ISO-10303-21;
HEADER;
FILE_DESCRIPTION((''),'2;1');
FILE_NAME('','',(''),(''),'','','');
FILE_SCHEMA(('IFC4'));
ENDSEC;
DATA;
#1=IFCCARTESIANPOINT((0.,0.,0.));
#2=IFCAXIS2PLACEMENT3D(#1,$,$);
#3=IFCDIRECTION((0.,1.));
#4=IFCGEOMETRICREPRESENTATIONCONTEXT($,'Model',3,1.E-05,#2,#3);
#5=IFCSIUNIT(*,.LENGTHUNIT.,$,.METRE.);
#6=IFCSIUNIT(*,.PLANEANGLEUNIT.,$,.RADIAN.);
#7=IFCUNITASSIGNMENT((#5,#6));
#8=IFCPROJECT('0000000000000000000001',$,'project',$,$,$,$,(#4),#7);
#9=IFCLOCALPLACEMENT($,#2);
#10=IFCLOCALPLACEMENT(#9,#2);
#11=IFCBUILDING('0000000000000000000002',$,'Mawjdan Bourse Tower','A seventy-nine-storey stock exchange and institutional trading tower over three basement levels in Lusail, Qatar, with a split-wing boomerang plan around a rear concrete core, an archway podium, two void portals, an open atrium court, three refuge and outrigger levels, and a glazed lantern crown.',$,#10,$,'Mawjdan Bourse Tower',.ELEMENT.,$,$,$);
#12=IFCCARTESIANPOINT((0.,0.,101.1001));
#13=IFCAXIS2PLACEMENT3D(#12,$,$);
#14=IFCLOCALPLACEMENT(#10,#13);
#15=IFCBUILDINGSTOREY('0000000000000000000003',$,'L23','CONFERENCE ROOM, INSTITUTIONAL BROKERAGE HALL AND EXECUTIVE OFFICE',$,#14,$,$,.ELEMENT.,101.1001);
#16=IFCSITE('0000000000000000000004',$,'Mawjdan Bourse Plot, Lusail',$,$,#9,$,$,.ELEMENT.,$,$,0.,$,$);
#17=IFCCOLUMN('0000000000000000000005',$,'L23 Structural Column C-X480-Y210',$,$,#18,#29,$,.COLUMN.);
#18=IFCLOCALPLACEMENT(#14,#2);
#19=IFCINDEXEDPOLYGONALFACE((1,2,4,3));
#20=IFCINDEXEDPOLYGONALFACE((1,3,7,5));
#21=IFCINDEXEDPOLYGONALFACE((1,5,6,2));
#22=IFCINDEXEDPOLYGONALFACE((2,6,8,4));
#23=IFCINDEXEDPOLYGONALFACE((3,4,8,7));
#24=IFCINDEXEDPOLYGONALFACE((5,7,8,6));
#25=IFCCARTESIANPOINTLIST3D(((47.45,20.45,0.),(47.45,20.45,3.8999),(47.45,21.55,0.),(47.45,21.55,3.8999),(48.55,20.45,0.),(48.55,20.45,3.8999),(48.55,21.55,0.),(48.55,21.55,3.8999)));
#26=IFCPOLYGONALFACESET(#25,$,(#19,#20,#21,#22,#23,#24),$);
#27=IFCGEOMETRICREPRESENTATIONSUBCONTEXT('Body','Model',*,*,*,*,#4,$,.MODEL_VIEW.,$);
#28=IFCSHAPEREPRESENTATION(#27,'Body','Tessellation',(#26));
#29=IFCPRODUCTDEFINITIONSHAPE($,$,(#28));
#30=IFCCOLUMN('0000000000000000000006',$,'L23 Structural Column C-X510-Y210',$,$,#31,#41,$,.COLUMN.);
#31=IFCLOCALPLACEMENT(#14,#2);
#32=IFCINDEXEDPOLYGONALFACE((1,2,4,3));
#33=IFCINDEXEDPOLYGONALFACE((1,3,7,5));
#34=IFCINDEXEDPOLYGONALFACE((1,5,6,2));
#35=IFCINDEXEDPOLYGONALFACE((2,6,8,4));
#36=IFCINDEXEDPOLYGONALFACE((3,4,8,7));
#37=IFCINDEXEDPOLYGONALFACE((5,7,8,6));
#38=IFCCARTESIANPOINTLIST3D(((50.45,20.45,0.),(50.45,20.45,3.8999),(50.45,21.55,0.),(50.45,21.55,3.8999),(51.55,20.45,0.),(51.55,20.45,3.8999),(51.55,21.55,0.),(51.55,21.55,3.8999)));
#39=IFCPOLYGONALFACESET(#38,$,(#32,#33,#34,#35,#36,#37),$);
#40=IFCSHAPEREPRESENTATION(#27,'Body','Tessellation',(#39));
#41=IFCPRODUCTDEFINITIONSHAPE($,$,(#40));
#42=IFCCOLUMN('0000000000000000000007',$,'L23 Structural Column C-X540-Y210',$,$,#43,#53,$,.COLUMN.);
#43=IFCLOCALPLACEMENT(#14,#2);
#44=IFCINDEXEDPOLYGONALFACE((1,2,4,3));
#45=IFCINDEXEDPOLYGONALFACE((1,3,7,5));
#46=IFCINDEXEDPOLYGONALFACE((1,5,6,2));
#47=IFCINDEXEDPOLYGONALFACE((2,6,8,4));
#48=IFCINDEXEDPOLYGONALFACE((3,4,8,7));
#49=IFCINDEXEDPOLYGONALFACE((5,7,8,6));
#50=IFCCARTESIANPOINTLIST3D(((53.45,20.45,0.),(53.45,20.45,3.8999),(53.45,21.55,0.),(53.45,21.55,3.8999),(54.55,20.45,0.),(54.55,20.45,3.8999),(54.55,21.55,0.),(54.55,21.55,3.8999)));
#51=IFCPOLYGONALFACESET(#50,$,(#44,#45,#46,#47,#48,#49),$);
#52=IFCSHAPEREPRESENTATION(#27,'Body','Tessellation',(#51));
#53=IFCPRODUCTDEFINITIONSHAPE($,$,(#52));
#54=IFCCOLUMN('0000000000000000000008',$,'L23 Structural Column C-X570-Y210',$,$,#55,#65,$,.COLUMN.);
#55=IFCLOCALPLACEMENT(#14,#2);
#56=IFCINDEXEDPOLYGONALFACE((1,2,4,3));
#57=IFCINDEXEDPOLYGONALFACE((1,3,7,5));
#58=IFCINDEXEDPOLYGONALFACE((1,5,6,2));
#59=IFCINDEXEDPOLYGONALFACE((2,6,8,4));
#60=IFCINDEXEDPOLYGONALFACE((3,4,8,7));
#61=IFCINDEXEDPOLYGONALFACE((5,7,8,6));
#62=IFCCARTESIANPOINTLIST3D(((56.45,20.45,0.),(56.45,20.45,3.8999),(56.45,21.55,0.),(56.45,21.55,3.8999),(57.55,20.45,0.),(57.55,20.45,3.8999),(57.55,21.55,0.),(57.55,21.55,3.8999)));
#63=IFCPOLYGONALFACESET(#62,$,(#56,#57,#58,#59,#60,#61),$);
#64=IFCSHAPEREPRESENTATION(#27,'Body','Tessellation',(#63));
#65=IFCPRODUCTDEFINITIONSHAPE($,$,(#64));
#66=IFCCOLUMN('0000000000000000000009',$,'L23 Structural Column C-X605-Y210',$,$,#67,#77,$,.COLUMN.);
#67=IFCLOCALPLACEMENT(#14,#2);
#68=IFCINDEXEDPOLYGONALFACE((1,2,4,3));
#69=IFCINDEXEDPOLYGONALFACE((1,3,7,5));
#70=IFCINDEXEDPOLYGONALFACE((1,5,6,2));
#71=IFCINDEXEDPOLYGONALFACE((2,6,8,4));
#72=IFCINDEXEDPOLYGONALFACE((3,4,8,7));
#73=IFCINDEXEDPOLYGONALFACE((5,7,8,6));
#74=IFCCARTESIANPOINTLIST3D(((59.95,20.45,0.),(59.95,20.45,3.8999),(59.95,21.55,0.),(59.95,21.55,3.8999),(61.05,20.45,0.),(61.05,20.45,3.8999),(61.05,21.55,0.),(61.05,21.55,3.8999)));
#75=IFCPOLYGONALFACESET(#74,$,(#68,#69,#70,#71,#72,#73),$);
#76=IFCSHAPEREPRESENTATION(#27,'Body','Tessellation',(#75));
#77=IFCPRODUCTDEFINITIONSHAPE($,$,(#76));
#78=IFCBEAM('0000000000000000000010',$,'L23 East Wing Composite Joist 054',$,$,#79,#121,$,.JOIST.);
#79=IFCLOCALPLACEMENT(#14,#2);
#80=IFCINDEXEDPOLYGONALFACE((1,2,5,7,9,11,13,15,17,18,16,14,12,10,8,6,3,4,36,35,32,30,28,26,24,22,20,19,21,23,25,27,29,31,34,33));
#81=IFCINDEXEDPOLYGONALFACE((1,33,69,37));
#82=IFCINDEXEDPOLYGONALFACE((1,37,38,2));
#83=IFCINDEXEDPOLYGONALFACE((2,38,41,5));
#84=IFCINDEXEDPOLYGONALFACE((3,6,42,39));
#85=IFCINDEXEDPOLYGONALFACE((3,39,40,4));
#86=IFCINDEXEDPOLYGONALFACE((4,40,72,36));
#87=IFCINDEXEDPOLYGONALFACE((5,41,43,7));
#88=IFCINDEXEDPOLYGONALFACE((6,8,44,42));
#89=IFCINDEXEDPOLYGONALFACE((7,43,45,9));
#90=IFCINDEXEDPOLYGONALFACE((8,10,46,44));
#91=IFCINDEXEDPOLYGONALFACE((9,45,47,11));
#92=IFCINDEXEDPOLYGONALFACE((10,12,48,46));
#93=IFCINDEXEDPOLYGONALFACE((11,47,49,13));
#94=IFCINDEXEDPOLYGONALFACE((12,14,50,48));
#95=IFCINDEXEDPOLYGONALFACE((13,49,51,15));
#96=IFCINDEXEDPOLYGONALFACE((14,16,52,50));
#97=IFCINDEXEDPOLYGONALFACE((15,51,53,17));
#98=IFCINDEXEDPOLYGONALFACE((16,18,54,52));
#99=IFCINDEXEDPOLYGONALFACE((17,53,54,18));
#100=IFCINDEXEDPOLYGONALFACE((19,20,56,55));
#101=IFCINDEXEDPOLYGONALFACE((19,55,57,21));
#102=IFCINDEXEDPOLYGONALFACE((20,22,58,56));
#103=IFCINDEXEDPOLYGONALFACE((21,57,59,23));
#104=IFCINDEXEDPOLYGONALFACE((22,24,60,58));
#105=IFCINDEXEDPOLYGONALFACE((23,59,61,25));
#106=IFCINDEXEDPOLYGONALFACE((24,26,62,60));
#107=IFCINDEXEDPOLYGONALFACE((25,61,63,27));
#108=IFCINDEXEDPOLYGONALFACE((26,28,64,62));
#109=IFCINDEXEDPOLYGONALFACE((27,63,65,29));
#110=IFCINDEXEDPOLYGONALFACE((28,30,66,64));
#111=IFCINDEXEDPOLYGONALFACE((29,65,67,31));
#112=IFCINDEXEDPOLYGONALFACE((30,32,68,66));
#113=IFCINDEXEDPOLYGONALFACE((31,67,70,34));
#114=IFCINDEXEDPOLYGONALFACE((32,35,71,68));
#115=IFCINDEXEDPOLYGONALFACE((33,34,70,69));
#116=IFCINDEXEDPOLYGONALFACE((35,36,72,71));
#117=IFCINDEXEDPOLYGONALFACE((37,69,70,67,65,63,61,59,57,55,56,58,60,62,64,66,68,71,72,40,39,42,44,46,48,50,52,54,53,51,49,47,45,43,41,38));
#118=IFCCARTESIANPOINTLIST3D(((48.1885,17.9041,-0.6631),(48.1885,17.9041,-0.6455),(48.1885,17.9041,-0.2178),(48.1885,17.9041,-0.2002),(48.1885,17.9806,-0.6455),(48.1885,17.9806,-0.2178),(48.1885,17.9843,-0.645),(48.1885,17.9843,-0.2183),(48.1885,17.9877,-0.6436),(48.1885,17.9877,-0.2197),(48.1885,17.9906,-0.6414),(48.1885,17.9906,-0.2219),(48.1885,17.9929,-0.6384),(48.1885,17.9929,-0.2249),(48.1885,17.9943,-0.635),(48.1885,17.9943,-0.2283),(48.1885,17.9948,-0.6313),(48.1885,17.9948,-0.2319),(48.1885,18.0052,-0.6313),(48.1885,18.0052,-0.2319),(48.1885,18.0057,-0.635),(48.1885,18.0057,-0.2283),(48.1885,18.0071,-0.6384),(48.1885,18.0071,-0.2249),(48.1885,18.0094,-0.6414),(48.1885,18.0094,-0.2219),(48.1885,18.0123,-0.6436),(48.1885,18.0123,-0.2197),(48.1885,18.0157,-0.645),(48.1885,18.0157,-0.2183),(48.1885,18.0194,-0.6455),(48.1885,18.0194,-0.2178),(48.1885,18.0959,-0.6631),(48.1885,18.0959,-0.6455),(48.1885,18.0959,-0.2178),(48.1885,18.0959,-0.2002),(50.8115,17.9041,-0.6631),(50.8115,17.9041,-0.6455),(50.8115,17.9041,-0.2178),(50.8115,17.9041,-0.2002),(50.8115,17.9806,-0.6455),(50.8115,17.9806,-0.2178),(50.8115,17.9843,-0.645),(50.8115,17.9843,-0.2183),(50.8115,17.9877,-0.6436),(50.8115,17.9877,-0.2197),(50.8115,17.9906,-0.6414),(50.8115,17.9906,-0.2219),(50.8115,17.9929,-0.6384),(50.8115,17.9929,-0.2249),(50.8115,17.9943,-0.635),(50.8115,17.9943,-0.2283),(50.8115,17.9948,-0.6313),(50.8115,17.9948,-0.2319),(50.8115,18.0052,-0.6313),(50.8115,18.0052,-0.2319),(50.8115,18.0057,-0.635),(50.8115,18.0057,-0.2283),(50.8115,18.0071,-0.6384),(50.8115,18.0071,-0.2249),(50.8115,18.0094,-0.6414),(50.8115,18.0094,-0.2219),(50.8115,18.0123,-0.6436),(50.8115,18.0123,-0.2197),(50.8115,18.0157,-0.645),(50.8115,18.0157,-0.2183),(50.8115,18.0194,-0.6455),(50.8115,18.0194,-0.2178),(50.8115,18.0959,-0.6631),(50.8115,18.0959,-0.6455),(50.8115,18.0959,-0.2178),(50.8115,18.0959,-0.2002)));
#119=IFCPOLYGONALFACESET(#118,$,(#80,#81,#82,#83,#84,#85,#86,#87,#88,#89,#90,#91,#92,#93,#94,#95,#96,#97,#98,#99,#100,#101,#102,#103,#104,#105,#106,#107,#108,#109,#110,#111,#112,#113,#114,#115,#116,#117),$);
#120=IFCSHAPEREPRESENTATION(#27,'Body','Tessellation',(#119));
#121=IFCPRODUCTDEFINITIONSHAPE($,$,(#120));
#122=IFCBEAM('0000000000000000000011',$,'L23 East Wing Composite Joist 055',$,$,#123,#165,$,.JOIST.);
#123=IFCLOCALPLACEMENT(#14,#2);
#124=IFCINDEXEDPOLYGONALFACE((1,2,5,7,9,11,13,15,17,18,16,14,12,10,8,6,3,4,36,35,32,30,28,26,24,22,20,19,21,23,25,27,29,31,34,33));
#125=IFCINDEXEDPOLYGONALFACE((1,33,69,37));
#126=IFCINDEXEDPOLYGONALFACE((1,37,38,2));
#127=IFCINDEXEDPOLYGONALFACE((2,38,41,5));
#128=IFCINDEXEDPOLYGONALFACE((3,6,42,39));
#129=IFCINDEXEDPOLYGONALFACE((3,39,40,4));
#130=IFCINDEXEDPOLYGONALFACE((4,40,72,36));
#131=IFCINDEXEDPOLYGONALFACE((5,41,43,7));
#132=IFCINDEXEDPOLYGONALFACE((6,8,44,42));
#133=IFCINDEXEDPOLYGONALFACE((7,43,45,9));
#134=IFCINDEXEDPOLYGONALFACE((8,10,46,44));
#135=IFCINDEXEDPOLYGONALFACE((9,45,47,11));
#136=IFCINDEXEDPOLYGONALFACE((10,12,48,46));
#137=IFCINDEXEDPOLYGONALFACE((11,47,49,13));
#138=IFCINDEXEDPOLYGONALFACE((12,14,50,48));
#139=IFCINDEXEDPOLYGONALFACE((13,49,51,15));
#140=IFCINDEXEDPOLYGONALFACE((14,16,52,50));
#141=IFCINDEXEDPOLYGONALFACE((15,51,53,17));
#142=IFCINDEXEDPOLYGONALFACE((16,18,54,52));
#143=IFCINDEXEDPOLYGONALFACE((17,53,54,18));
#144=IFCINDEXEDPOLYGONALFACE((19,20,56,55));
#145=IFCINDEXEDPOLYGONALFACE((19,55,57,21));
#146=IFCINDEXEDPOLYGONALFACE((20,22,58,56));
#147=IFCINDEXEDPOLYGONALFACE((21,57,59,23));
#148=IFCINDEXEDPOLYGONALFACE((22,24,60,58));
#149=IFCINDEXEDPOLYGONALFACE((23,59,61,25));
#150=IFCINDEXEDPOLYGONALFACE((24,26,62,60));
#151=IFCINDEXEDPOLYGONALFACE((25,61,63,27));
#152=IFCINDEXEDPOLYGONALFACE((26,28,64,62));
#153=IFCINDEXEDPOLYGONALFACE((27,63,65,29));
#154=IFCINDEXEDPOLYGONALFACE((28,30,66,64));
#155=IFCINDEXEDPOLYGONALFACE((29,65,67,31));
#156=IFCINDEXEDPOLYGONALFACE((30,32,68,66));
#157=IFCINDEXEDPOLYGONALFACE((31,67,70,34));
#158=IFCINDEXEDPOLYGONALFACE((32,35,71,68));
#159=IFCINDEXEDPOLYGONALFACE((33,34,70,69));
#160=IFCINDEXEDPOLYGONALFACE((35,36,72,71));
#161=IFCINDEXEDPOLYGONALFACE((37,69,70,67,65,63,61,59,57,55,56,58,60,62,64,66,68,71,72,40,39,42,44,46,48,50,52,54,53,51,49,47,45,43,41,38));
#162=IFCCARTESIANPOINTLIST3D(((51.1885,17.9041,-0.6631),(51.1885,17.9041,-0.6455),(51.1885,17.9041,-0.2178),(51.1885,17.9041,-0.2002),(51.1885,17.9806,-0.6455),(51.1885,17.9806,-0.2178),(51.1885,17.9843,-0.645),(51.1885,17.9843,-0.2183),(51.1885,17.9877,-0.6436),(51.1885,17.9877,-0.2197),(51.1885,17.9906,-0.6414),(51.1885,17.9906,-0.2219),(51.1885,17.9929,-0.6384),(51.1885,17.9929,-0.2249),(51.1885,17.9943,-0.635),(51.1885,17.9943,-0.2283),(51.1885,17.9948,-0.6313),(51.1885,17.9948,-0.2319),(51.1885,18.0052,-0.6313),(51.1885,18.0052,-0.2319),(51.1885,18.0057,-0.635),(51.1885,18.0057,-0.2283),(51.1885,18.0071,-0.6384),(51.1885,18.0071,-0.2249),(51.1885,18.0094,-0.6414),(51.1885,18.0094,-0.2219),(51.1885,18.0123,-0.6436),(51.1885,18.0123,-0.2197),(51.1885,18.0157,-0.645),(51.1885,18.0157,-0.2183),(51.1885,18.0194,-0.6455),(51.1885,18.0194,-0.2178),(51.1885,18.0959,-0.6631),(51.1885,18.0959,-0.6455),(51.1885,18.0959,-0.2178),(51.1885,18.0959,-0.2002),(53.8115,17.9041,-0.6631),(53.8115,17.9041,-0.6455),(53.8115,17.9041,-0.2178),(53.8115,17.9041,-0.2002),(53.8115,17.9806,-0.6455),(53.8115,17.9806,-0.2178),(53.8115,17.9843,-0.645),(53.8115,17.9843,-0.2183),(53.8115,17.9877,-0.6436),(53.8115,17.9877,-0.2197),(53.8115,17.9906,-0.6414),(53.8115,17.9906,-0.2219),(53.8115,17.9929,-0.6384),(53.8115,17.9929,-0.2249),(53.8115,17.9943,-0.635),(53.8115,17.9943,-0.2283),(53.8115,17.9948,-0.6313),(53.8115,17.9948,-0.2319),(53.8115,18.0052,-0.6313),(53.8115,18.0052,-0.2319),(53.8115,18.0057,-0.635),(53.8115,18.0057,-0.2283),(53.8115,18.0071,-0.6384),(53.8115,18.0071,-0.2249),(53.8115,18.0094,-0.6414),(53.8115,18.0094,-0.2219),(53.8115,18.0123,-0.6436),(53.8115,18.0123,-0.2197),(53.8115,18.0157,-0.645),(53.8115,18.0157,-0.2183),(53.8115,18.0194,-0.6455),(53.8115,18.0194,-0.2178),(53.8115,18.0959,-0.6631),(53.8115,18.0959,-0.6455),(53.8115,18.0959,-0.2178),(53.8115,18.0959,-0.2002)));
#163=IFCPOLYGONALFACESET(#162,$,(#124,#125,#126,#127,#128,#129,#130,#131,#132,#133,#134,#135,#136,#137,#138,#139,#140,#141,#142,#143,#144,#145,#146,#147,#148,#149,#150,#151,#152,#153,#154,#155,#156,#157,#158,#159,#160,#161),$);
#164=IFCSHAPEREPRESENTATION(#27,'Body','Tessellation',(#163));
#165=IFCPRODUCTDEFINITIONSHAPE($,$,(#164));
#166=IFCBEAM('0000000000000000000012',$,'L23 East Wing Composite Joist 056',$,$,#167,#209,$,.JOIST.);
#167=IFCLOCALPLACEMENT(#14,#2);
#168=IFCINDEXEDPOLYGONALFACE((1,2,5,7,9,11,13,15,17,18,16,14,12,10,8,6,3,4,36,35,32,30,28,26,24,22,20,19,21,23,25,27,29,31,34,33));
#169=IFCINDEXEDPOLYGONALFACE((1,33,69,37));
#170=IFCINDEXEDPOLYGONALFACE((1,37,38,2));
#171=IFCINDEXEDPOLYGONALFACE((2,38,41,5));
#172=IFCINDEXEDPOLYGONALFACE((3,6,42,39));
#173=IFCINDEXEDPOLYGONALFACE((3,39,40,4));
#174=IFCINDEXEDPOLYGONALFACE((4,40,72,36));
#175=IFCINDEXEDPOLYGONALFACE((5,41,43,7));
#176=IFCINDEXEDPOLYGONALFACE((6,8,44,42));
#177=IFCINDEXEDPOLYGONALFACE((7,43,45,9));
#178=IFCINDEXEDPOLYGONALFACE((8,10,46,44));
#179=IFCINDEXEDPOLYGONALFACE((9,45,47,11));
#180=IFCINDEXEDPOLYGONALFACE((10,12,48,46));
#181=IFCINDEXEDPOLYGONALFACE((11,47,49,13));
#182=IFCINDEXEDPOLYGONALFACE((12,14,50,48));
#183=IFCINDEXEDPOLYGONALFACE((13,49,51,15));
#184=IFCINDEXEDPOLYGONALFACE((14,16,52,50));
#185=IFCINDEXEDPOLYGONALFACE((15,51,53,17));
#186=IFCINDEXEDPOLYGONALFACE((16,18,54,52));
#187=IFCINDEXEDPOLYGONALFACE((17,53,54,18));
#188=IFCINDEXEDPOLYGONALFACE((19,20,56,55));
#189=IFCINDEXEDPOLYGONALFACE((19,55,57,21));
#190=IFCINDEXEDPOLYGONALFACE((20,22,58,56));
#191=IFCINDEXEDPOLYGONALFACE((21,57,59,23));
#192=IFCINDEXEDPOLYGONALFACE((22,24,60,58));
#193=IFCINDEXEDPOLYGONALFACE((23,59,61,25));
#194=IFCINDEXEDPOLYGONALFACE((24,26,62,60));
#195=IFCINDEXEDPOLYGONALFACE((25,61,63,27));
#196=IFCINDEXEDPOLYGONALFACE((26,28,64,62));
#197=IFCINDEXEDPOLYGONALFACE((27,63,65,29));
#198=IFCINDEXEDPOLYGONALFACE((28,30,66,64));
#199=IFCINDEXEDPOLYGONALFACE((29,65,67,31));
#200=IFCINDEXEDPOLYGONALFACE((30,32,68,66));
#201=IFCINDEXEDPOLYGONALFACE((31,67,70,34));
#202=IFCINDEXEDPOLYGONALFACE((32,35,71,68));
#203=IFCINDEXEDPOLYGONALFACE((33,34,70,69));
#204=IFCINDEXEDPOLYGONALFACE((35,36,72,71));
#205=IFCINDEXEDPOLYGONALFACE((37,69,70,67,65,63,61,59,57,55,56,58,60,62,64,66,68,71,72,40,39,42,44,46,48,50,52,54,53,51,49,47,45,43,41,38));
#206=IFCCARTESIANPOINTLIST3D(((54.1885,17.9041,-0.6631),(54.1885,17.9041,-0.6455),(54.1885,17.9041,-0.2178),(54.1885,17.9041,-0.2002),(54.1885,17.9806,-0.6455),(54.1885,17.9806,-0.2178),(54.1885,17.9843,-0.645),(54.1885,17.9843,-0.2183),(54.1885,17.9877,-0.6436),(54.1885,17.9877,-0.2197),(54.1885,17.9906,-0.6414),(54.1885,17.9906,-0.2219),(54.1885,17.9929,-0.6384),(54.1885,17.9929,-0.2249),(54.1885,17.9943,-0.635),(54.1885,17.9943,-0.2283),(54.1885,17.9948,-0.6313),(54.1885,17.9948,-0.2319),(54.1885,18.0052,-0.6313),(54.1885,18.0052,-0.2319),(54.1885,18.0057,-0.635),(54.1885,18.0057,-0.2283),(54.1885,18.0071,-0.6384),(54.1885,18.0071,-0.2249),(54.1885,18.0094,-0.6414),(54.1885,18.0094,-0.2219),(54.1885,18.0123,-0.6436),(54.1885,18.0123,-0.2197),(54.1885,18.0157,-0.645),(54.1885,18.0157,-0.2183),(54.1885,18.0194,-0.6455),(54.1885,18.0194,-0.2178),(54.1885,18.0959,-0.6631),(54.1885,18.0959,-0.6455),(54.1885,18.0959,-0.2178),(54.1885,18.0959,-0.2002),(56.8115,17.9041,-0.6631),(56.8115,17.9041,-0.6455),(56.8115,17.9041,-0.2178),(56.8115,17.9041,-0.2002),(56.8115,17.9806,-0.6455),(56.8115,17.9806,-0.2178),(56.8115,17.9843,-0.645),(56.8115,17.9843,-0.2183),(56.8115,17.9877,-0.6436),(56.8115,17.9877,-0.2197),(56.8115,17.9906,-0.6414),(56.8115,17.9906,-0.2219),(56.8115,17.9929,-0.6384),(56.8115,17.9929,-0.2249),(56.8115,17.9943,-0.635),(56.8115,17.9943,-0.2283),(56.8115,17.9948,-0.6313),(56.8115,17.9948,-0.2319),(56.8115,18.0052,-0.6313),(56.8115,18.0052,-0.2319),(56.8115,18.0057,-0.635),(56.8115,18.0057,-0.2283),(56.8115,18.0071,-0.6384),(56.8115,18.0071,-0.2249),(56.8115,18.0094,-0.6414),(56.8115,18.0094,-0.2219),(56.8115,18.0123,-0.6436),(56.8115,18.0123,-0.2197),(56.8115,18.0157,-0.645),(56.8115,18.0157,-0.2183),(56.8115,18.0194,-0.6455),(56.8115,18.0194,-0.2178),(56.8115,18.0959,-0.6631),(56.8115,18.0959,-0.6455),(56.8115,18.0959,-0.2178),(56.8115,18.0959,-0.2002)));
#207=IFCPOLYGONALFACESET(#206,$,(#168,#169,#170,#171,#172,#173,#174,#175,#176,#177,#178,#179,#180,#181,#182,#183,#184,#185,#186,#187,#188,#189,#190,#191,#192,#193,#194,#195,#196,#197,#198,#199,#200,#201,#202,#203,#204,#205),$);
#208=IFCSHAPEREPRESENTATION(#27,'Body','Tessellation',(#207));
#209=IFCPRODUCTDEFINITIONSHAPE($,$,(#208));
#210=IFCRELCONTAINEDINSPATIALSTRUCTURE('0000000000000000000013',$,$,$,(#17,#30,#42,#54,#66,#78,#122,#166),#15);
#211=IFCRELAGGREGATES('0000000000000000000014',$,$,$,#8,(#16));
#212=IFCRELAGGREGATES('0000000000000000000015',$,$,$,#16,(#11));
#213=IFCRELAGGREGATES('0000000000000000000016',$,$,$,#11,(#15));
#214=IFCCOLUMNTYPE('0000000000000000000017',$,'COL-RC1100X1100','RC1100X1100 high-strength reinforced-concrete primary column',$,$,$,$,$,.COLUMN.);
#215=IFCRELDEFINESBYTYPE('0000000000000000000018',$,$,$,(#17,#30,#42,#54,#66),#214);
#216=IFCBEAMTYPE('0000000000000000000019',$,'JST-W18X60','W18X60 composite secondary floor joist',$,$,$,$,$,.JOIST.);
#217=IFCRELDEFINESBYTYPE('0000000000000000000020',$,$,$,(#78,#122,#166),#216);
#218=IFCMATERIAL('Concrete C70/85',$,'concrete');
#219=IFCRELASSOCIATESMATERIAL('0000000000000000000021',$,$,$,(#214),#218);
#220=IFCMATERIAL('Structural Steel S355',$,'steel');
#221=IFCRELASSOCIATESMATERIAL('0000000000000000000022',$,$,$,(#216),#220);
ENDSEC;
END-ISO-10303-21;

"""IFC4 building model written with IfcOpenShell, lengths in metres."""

from ifc_helpers import new_model, si_unit, direction, frame, origin, origin_2d, place, context, subcontext, project, spatial, rectangle, i_section, extrude, material, material_profile, profile_set, type_object, element, save


model = new_model("IFC4")

# Units and contexts
model_context = context("Model", 3, precision=1e-05, world=origin(), true_north=direction((0.0, 1.0)))
body_context = subcontext(model_context, "Body", "Model", "MODEL_VIEW")
ifc_project = project(units=[si_unit("LENGTHUNIT", "METRE"), si_unit("PLANEANGLEUNIT", "RADIAN")], contexts=[model_context])

# Site, building, storey
site_placement = place(None, origin())
site = spatial("IfcSite", under=ifc_project, at=site_placement, Name="Mawjdan Bourse Plot, Lusail", CompositionType="ELEMENT", RefElevation=0.0)
building_placement = place(site_placement, origin())
building = spatial("IfcBuilding", under=site, at=building_placement, Name="Mawjdan Bourse Tower", Description="A seventy-nine-storey stock exchange and institutional trading tower over three basement levels in Lusail, Qatar, with a split-wing boomerang plan around a rear concrete core, an archway podium, two void portals, an open atrium court, three refuge and outrigger levels, and a glazed lantern crown.", LongName="Mawjdan Bourse Tower", CompositionType="ELEMENT")
storey_placement = place(building_placement, frame((0.0, 0.0, 101.1001)))
storey = spatial("IfcBuildingStorey", under=building, at=storey_placement, Name="L23", Description="CONFERENCE ROOM, INSTITUTIONAL BROKERAGE HALL AND EXECUTIVE OFFICE", CompositionType="ELEMENT", Elevation=101.1001)

# Columns
ifc_material_1 = material(Name="Concrete C70/85", Category="concrete")
ifc_material_profile_1 = material_profile(ifc_material_1, rectangle(XDim=1.1001, YDim=1.1001, at=origin_2d()), Name="RC1100X1100")
ifc_profile_set_1 = profile_set([ifc_material_profile_1], Name="Concrete C70/85")
column_type = type_object("IfcColumnType", Name="COL-RC1100X1100", Description="RC1100X1100 high-strength reinforced-concrete primary column", PredefinedType="COLUMN", material=ifc_profile_set_1)
for number, where, z_axis, x_axis, name in (
    (1, (48.0, 21.0, 0.0), (0.0, 0.0, 1.0), (1.0, 0.0, 0.0), "L23 Structural Column C-X480-Y210"),
    (2, (51.0, 21.0, 0.0), (0.0, 0.0, 1.0), (1.0, 0.0, 0.0), "L23 Structural Column C-X510-Y210"),
    (3, (54.0, 21.0, 0.0), (0.0, 0.0, 1.0), (1.0, 0.0, 0.0), "L23 Structural Column C-X540-Y210"),
    (4, (57.0, 21.0, 0.0), (0.0, 0.0, 1.0), (1.0, 0.0, 0.0), "L23 Structural Column C-X570-Y210"),
    (5, (60.5, 21.0, 0.0), (0.0, 0.0, 1.0), (1.0, 0.0, 0.0), "L23 Structural Column C-X605-Y210"),
):
    element("IfcColumn", number, at=place(storey_placement, frame(where, z_axis=z_axis, x_axis=x_axis)), inside=storey, type_object=column_type, Name=name, PredefinedType="COLUMN", context=body_context, shape_type="SweptSolid", body=[
        extrude(rectangle(XDim=1.1001, YDim=1.1001, at=origin_2d()), origin(), (0.0, 0.0, 1.0), 3.8999),
    ])

# Beams
ifc_material_2 = material(Name="Structural Steel S355", Category="steel")
ifc_material_profile_2 = material_profile(ifc_material_2, i_section(OverallWidth=0.1919, OverallDepth=0.4629, WebThickness=0.0105, FlangeThickness=0.0176, FilletRadius=0.0142, at=origin_2d()), Name="W18X60")
ifc_profile_set_2 = profile_set([ifc_material_profile_2], Name="Structural Steel S355")
beam_type_1 = type_object("IfcBeamType", Name="JST-W18X60", Description="W18X60 composite secondary floor joist", PredefinedType="JOIST", material=ifc_profile_set_2)
for number, where, z_axis, x_axis, name in (
    (6, (48.1885, 18.0, -0.4316), (1.0, 0.0, 0.0), (0.0, 1.0, 0.0), "L23 East Wing Composite Joist 054"),
    (7, (51.1885, 18.0, -0.4316), (1.0, 0.0, 0.0), (0.0, 1.0, 0.0), "L23 East Wing Composite Joist 055"),
    (8, (54.1885, 18.0, -0.4316), (1.0, 0.0, 0.0), (0.0, 1.0, 0.0), "L23 East Wing Composite Joist 056"),
):
    element("IfcBeam", number, at=place(storey_placement, frame(where, z_axis=z_axis, x_axis=x_axis)), inside=storey, type_object=beam_type_1, Name=name, PredefinedType="JOIST", context=body_context, shape_type="SweptSolid", body=[
        extrude(i_section(OverallWidth=0.1919, OverallDepth=0.4629, WebThickness=0.0105, FlangeThickness=0.0176, FilletRadius=0.0142, at=origin_2d()), origin(), (0.0, 0.0, 1.0), 2.623),
    ])

save(model, "model.ifc")
